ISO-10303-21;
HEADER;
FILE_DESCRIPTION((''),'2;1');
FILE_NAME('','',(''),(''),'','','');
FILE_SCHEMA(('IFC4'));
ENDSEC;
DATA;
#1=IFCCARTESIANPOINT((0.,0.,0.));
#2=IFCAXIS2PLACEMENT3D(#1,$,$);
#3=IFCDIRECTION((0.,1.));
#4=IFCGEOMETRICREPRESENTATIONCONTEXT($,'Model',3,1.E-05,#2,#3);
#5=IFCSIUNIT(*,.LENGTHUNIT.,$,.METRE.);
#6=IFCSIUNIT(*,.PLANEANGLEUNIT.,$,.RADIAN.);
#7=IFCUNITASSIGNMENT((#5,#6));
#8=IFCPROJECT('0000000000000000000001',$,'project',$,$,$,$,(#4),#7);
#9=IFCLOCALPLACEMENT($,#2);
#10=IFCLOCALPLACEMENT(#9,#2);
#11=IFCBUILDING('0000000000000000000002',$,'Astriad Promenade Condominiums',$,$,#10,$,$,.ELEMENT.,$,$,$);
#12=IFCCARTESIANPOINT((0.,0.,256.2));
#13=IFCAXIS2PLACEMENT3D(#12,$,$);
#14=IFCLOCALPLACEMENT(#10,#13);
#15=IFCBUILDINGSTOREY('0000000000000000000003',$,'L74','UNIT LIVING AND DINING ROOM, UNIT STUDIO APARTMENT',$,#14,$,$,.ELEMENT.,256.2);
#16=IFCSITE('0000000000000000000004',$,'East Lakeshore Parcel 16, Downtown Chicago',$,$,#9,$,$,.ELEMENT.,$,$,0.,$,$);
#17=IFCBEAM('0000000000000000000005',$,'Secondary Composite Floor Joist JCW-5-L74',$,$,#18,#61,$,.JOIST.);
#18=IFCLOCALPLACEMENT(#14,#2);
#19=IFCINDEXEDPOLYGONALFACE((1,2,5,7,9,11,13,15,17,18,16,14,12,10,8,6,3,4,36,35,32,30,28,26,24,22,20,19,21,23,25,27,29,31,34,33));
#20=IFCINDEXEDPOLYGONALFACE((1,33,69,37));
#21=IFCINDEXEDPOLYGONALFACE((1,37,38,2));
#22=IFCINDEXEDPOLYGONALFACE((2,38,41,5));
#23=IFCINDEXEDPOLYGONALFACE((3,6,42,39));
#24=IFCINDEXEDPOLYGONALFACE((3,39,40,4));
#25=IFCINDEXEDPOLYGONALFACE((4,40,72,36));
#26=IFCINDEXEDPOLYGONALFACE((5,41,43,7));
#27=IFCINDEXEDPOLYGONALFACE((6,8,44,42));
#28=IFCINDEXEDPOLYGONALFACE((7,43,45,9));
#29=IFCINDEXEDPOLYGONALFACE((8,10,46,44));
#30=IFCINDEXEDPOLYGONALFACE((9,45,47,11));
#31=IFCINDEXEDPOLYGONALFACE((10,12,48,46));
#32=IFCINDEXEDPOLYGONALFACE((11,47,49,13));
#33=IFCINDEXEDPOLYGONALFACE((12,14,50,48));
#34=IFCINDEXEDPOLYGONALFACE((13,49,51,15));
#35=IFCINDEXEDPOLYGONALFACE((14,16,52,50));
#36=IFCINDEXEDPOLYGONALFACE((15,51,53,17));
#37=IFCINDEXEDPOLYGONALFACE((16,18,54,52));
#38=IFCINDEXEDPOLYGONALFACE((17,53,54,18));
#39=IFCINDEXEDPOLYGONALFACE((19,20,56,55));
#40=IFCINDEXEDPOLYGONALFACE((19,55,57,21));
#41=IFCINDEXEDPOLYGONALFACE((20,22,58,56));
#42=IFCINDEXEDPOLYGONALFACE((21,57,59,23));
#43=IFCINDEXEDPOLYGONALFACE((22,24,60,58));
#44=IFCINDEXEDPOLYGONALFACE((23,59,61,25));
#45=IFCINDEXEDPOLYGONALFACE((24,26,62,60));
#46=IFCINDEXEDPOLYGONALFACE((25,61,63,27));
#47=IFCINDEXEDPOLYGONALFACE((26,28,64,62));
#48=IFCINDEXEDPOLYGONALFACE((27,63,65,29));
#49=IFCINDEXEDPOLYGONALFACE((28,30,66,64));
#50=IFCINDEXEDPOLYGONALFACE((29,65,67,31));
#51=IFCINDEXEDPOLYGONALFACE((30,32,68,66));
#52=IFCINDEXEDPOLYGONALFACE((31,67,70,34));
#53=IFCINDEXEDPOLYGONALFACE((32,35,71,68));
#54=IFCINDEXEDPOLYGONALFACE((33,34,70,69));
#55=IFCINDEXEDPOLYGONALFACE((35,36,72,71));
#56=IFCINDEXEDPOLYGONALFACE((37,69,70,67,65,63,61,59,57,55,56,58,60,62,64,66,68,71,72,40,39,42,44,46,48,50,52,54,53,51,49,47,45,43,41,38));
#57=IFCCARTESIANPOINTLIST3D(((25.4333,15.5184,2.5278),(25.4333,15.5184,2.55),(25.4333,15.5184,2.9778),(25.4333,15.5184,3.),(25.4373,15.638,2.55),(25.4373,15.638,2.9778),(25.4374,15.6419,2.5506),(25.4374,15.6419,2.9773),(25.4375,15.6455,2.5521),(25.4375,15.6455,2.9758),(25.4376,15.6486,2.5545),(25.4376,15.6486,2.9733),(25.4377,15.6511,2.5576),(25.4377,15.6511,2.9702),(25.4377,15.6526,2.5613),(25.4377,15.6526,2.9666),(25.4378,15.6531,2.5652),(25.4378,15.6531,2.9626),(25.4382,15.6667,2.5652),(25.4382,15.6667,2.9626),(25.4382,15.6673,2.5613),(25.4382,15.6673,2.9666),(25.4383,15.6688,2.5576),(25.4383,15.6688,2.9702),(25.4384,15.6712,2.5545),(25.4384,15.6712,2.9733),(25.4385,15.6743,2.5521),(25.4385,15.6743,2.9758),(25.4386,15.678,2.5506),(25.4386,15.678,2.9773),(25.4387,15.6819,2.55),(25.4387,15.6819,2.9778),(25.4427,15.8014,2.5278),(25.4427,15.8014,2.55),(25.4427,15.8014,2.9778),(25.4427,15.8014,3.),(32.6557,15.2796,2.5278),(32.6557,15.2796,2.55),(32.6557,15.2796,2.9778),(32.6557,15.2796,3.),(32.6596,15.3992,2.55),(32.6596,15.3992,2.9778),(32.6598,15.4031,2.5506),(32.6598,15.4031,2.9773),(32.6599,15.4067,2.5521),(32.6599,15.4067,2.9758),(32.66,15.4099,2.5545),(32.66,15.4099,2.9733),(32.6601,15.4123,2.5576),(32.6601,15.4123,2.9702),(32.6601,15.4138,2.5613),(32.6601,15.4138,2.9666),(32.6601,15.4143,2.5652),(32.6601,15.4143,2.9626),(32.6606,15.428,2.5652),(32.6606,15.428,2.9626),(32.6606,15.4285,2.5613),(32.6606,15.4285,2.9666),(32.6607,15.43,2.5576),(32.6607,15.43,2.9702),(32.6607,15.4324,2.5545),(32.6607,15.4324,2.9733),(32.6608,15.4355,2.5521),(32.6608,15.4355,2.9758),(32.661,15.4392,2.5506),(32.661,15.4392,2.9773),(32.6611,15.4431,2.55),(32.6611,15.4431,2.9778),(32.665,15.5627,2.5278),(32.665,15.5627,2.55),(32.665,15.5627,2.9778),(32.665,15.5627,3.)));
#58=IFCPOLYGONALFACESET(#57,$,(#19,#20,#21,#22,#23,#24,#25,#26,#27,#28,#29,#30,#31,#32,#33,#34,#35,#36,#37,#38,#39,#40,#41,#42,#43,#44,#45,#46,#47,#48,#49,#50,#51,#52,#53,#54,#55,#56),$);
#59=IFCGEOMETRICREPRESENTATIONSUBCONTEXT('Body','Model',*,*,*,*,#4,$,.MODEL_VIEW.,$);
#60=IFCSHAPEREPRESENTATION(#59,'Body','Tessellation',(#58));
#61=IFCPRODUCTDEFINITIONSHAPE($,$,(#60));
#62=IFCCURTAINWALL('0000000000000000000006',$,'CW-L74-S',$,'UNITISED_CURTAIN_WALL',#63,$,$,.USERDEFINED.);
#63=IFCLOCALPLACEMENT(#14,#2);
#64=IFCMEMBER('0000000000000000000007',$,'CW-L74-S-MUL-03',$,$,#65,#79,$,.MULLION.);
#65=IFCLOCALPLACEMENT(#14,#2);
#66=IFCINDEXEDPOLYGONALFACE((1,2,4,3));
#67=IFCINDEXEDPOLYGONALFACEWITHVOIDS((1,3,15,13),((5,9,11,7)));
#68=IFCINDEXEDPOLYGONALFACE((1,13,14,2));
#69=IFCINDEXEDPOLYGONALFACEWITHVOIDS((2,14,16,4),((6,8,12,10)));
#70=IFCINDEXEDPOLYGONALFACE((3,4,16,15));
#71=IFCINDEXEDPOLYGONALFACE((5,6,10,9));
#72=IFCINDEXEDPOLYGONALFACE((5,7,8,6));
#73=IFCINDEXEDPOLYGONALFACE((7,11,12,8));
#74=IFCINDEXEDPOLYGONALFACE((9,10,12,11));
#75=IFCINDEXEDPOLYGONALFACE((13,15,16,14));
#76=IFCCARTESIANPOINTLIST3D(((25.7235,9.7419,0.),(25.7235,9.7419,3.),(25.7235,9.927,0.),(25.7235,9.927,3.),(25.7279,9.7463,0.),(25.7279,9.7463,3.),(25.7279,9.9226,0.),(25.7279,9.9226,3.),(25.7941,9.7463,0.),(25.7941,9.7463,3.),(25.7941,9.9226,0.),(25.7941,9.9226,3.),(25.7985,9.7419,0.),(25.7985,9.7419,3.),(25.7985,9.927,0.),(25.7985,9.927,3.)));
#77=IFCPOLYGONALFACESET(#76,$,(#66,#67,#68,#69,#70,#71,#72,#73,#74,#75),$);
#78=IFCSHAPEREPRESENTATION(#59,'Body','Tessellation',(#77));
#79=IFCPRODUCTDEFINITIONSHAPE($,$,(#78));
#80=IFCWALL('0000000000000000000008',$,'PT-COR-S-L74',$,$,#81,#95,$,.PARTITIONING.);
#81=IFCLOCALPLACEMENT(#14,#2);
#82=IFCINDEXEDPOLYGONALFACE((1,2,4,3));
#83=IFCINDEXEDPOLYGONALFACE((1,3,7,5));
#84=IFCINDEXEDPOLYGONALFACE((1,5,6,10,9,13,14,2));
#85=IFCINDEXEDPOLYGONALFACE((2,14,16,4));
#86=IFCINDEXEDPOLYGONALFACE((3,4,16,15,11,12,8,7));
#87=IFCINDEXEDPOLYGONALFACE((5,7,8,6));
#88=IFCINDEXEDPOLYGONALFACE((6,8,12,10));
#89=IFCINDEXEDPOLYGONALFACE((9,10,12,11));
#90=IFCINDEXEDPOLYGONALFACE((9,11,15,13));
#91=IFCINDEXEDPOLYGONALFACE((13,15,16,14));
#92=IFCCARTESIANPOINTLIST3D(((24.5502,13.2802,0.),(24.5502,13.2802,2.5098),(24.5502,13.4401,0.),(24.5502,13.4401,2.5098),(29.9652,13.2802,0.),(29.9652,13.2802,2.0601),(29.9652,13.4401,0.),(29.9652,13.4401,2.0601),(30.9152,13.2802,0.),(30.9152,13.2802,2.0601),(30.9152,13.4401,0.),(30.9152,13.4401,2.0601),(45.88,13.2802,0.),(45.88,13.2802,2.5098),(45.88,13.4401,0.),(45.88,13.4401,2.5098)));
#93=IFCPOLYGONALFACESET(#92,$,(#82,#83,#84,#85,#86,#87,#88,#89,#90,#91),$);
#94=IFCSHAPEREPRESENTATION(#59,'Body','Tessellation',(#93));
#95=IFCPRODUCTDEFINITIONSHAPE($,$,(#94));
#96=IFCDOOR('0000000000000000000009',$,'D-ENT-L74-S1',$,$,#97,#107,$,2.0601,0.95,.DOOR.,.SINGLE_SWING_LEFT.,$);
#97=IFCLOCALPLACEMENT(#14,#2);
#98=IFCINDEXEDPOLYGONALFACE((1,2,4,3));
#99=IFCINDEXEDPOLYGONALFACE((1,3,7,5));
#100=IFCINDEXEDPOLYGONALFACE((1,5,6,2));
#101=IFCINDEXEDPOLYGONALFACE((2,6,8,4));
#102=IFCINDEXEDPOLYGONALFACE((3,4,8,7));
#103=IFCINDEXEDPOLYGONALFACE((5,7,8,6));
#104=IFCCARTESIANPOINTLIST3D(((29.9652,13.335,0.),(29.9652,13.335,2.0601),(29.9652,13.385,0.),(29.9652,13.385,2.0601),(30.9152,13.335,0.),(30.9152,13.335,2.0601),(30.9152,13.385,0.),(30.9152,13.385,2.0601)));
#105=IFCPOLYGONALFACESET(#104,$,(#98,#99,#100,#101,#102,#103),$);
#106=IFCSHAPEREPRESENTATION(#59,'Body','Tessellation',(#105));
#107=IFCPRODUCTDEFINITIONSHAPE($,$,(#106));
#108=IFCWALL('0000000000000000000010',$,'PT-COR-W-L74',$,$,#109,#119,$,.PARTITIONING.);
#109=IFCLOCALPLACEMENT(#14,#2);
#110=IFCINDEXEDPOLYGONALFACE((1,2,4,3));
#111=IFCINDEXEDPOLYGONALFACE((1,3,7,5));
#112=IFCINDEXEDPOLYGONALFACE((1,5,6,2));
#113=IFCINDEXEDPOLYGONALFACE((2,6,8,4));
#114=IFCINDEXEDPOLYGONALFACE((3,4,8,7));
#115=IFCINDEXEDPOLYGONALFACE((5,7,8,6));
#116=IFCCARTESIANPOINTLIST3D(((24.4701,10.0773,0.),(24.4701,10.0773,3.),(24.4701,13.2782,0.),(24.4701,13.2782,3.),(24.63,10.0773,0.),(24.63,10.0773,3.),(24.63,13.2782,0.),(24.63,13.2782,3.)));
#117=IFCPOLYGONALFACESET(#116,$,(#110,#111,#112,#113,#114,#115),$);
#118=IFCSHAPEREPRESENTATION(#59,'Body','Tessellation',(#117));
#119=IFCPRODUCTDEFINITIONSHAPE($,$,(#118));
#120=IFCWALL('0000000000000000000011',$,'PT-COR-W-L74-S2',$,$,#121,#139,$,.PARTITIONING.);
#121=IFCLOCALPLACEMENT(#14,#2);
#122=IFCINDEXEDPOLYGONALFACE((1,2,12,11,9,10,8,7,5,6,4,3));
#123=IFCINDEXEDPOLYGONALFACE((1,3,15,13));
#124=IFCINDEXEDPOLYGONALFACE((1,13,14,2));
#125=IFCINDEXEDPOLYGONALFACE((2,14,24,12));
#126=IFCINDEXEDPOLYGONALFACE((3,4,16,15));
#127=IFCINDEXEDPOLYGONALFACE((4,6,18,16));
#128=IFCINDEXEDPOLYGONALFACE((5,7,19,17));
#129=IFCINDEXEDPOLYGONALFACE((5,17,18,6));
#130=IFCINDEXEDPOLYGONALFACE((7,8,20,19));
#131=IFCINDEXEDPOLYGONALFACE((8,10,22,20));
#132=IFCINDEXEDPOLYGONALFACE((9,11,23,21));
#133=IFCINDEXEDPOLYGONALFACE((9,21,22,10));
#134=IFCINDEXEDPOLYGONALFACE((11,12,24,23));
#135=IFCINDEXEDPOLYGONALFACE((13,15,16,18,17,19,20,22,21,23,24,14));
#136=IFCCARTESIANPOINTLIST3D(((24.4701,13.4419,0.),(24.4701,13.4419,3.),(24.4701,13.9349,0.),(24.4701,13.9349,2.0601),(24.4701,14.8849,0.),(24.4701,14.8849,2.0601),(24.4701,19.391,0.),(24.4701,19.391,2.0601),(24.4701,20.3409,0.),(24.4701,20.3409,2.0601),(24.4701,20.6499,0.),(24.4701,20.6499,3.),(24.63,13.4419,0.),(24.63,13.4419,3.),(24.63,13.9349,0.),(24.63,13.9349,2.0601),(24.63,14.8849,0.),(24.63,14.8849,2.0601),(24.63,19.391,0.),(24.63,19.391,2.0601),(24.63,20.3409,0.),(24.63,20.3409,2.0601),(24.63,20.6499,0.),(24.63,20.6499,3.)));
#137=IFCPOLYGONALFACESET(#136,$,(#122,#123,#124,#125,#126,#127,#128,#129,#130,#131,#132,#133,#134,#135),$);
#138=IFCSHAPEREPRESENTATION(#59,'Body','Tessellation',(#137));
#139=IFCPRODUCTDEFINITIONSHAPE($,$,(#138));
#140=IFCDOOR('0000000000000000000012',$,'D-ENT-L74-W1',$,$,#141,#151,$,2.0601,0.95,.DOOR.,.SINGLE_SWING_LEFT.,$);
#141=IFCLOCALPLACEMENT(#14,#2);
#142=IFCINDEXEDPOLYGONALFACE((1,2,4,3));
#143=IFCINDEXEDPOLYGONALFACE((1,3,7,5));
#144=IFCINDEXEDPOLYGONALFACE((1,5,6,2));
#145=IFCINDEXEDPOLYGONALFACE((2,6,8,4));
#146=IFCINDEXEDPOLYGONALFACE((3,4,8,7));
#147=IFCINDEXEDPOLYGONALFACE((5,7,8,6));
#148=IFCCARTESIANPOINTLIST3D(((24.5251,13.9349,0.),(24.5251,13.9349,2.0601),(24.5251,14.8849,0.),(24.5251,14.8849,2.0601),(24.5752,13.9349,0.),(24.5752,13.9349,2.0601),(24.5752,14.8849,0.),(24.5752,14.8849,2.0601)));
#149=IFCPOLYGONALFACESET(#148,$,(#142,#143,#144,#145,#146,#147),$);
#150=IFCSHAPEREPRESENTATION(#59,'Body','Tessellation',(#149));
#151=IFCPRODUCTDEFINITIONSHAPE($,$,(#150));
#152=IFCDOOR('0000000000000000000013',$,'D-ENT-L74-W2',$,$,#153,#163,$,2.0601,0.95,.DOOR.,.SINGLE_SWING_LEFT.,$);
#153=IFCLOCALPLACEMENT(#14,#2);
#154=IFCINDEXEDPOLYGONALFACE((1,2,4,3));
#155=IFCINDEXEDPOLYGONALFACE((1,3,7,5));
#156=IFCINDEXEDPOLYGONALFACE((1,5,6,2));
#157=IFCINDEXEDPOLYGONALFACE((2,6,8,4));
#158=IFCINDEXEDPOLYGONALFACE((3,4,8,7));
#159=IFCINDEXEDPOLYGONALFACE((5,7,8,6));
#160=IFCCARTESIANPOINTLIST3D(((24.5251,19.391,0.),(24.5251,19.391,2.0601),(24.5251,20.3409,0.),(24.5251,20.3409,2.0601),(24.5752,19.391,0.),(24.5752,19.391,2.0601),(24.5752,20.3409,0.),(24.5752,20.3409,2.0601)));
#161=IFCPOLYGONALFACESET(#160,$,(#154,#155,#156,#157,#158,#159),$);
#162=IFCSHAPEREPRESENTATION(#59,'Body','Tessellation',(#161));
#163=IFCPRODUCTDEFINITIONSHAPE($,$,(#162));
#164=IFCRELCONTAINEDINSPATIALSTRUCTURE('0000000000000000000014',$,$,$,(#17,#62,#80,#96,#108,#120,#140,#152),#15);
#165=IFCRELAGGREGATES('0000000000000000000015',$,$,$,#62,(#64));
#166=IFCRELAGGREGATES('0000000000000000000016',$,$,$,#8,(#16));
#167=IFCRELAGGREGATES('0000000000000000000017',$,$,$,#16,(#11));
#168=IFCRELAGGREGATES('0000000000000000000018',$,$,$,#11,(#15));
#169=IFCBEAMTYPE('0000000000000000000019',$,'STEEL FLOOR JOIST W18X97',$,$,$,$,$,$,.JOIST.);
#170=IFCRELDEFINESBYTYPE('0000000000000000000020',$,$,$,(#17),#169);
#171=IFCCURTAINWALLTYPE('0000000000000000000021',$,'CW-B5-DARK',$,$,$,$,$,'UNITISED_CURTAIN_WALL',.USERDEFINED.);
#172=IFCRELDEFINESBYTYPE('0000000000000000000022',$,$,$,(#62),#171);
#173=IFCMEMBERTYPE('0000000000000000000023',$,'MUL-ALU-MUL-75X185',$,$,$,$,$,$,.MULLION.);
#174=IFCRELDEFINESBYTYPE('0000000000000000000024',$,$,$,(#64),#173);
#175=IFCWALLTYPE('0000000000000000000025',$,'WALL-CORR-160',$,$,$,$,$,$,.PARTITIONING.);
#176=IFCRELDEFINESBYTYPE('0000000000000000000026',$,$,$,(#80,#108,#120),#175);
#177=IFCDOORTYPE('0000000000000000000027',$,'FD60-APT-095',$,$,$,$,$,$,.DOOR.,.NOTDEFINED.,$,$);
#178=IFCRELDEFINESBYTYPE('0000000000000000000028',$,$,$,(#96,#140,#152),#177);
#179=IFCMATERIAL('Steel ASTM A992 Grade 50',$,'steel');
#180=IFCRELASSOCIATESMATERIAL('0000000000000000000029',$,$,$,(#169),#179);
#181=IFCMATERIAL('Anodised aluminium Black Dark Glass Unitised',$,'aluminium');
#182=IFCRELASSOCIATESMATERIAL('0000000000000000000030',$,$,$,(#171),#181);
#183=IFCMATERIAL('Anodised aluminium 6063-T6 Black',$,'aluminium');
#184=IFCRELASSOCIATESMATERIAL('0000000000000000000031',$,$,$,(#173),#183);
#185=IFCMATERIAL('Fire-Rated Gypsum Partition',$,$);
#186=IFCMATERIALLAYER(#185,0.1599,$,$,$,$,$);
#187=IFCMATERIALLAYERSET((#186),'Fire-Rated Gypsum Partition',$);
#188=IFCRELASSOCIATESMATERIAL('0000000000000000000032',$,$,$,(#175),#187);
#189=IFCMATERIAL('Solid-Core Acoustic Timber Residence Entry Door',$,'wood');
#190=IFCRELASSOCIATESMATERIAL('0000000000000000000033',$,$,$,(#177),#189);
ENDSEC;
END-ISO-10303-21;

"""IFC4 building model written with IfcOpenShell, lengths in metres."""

from ifc_helpers import new_model, si_unit, direction, frame, frame_2d, origin, origin_2d, place, context, subcontext, project, spatial, rectangle, hollow_rectangle, i_section, extrude, source, transform, mapped, material, layer, layer_set, material_profile, profile_set, type_object, type_shapes, element, fill, aggregate, save


model = new_model("IFC4")

# Units and contexts
model_context = context("Model", 3, precision=1e-05, world=origin(), true_north=direction((0.0, 1.0)))
body_context = subcontext(model_context, "Body", "Model", "MODEL_VIEW")
ifc_project = project(units=[si_unit("LENGTHUNIT", "METRE"), si_unit("PLANEANGLEUNIT", "RADIAN")], contexts=[model_context])

# Site, building, storey
site_placement = place(None, origin())
site = spatial("IfcSite", under=ifc_project, at=site_placement, Name="East Lakeshore Parcel 16, Downtown Chicago", CompositionType="ELEMENT", RefElevation=0.0)
building_placement = place(site_placement, origin())
building = spatial("IfcBuilding", under=site, at=building_placement, Name="Astriad Promenade Condominiums", CompositionType="ELEMENT")
storey_placement = place(building_placement, frame((0.0, 0.0, 256.2)))
storey = spatial("IfcBuildingStorey", under=building, at=storey_placement, Name="L74", Description="UNIT LIVING AND DINING ROOM, UNIT STUDIO APARTMENT", CompositionType="ELEMENT", Elevation=256.2)

# Beam
ifc_material_1 = material(Name="Steel ASTM A992 Grade 50", Category="steel")
ifc_material_profile_1 = material_profile(ifc_material_1, i_section(OverallWidth=0.2832, OverallDepth=0.4722, WebThickness=0.0137, FlangeThickness=0.0222, FilletRadius=0.0151, at=origin_2d()), Name="W18X97")
ifc_profile_set_1 = profile_set([ifc_material_profile_1], Name="Steel ASTM A992 Grade 50")
beam_type_1 = type_object("IfcBeamType", Name="STEEL FLOOR JOIST W18X97", PredefinedType="JOIST", material=ifc_profile_set_1)
shared_shape_1 = source(origin(), body_context, "Body", "SweptSolid", [
    extrude(i_section(OverallWidth=0.2832, OverallDepth=0.4722, WebThickness=0.0137, FlangeThickness=0.0222, FilletRadius=0.0151, at=origin_2d()), origin(), (0.0, 0.0, 1.0), 7.2263),
])
beam_1_placement = place(storey_placement, frame((25.438, 15.6599, 2.7639), z_axis=(0.999454, -0.033041, 0.0), x_axis=(0.033041, 0.999454, 0.0)))
element("IfcBeam", 1, at=beam_1_placement, inside=storey, type_object=beam_type_1, Name="Secondary Composite Floor Joist JCW-5-L74", PredefinedType="JOIST", context=body_context, shape_type="MappedRepresentation", body=[
    mapped(shared_shape_1, transform((0.0, 0.0, 0.0), scale=1.0)),
])

# Curtain wall, member
ifc_material_2 = material(Name="Anodised aluminium Black Dark Glass Unitised", Category="aluminium")
curtain_wall_type = type_object("IfcCurtainWallType", Name="CW-B5-DARK", ElementType="UNITISED_CURTAIN_WALL", PredefinedType="USERDEFINED", material=ifc_material_2)
curtain_wall_placement = place(storey_placement, origin())
curtain_wall = element("IfcCurtainWall", 2, at=curtain_wall_placement, inside=storey, type_object=curtain_wall_type, Name="CW-L74-S", ObjectType="UNITISED_CURTAIN_WALL", PredefinedType="USERDEFINED")
ifc_material_3 = material(Name="Anodised aluminium 6063-T6 Black", Category="aluminium")
ifc_material_profile_2 = material_profile(ifc_material_3, hollow_rectangle(XDim=0.075, YDim=0.1851, WallThickness=0.0044, at=origin_2d()), Name="ALU-MUL-75X185")
ifc_profile_set_2 = profile_set([ifc_material_profile_2], Name="Anodised aluminium 6063-T6 Black")
member_type = type_object("IfcMemberType", Name="MUL-ALU-MUL-75X185", PredefinedType="MULLION", material=ifc_profile_set_2)
shared_shape_2 = source(origin(), body_context, "Body", "SweptSolid", [
    extrude(hollow_rectangle(XDim=0.075, YDim=0.1851, WallThickness=0.0044, at=origin_2d()), origin(), (0.0, 0.0, 1.0), 3.0),
])
type_shapes(member_type, [shared_shape_2])
member_placement = place(storey_placement, frame((25.761, 9.8345, 0.0), z_axis=(0.0, 0.0, 1.0), x_axis=(1.0, 0.0, 0.0)))
member = element("IfcMember", 3, at=member_placement, type_object=member_type, Name="CW-L74-S-MUL-03", PredefinedType="MULLION", context=body_context, shape_type="MappedRepresentation", body=[
    mapped(shared_shape_2, transform((0.0, 0.0, 0.0), scale=1.0)),
])
aggregate(curtain_wall, [member])

# Wall, opening, door
ifc_material_4 = material(Name="Fire-Rated Gypsum Partition")
ifc_layer_1 = layer(ifc_material_4, 0.1599)
ifc_layer_set_1 = layer_set([ifc_layer_1], Name="Fire-Rated Gypsum Partition")
wall_type_1 = type_object("IfcWallType", Name="WALL-CORR-160", PredefinedType="PARTITIONING", material=ifc_layer_set_1)
wall_1_placement = place(storey_placement, frame((24.55, 13.3601, 0.0), z_axis=(0.0, 0.0, 1.0), x_axis=(1.0, 0.0, 0.0)))
wall_1 = element("IfcWall", 4, at=wall_1_placement, inside=storey, type_object=wall_type_1, Name="PT-COR-S-L74", PredefinedType="PARTITIONING", context=body_context, shape_type="SweptSolid", body=[
    extrude(rectangle(XDim=21.3298, YDim=0.1599, at=frame_2d((10.665, 0.0))), origin(), (0.0, 0.0, 1.0), 2.5098),
])
opening_1_placement = place(wall_1_placement, frame((5.415, 0.0, 0.0)))
opening_1 = element("IfcOpeningElement", 5, at=opening_1_placement, cuts=wall_1, PredefinedType="OPENING", context=body_context, shape_type="SweptSolid", body=[
    extrude(rectangle(XDim=0.95, YDim=2.0601, at=frame_2d((0.4751, 1.03))), frame((0.0, 0.0898, 0.0), z_axis=(0.0, -1.0, 0.0), x_axis=(1.0, 0.0, 0.0)), (0.0, 0.0, 1.0), 0.1799),
])
ifc_material_5 = material(Name="Solid-Core Acoustic Timber Residence Entry Door", Category="wood")
door_type_1 = type_object("IfcDoorType", Name="FD60-APT-095", OperationType="NOTDEFINED", PredefinedType="DOOR", material=ifc_material_5)
shared_shape_3 = source(origin(), body_context, "Body", "SweptSolid", [
    extrude(rectangle(XDim=0.95, YDim=2.0601, at=frame_2d((0.4751, 1.03))), frame((0.0, 0.0249, 0.0), z_axis=(0.0, -1.0, 0.0), x_axis=(1.0, 0.0, 0.0)), (0.0, 0.0, 1.0), 0.05),
])
type_shapes(door_type_1, [shared_shape_3])
door_1_placement = place(opening_1_placement, origin())
door_1 = element("IfcDoor", 6, at=door_1_placement, inside=storey, type_object=door_type_1, Name="D-ENT-L74-S1", OperationType="SINGLE_SWING_LEFT", OverallHeight=2.0601, OverallWidth=0.95, PredefinedType="DOOR", context=body_context, shape_type="MappedRepresentation", body=[
    mapped(shared_shape_3, transform((0.0, 0.0, 0.0), scale=1.0)),
])
fill(opening_1, door_1)

# Wall
wall_2_placement = place(storey_placement, frame((24.55, 10.0771, 0.0), z_axis=(0.0, 0.0, 1.0), x_axis=(0.0, 1.0, 0.0)))
element("IfcWall", 7, at=wall_2_placement, inside=storey, type_object=wall_type_1, Name="PT-COR-W-L74", PredefinedType="PARTITIONING", context=body_context, shape_type="SweptSolid", body=[
    extrude(rectangle(XDim=3.2009, YDim=0.1599, at=frame_2d((1.6006, 0.0))), origin(), (0.0, 0.0, 1.0), 3.0),
])

# Wall, openings, doors
wall_3_placement = place(storey_placement, frame((24.55, 13.4419, 0.0), z_axis=(0.0, 0.0, 1.0), x_axis=(0.0, 1.0, 0.0)))
wall_3 = element("IfcWall", 8, at=wall_3_placement, inside=storey, type_object=wall_type_1, Name="PT-COR-W-L74-S2", PredefinedType="PARTITIONING", context=body_context, shape_type="SweptSolid", body=[
    extrude(rectangle(XDim=7.208, YDim=0.1599, at=frame_2d((3.604, 0.0))), origin(), (0.0, 0.0, 1.0), 3.0),
])
opening_2_placement = place(wall_3_placement, frame((0.4929, 0.0, 0.0)))
opening_2 = element("IfcOpeningElement", 9, at=opening_2_placement, cuts=wall_3, PredefinedType="OPENING", context=body_context, shape_type="SweptSolid", body=[
    extrude(rectangle(XDim=0.95, YDim=2.0601, at=frame_2d((0.4751, 1.03))), frame((0.0, 0.0898, 0.0), z_axis=(0.0, -1.0, 0.0), x_axis=(1.0, 0.0, 0.0)), (0.0, 0.0, 1.0), 0.1799),
])
opening_3_placement = place(wall_3_placement, frame((5.949, 0.0, 0.0)))
opening_3 = element("IfcOpeningElement", 10, at=opening_3_placement, cuts=wall_3, PredefinedType="OPENING", context=body_context, shape_type="SweptSolid", body=[
    extrude(rectangle(XDim=0.95, YDim=2.0601, at=frame_2d((0.4751, 1.03))), frame((0.0, 0.0898, 0.0), z_axis=(0.0, -1.0, 0.0), x_axis=(1.0, 0.0, 0.0)), (0.0, 0.0, 1.0), 0.1799),
])
door_2_placement = place(opening_2_placement, origin())
door_2 = element("IfcDoor", 11, at=door_2_placement, inside=storey, type_object=door_type_1, Name="D-ENT-L74-W1", OperationType="SINGLE_SWING_LEFT", OverallHeight=2.0601, OverallWidth=0.95, PredefinedType="DOOR", context=body_context, shape_type="MappedRepresentation", body=[
    mapped(shared_shape_3, transform((0.0, 0.0, 0.0), scale=1.0)),
])
fill(opening_2, door_2)
door_3_placement = place(opening_3_placement, origin())
door_3 = element("IfcDoor", 12, at=door_3_placement, inside=storey, type_object=door_type_1, Name="D-ENT-L74-W2", OperationType="SINGLE_SWING_LEFT", OverallHeight=2.0601, OverallWidth=0.95, PredefinedType="DOOR", context=body_context, shape_type="MappedRepresentation", body=[
    mapped(shared_shape_3, transform((0.0, 0.0, 0.0), scale=1.0)),
])
fill(opening_3, door_3)

save(model, "model.ifc")
